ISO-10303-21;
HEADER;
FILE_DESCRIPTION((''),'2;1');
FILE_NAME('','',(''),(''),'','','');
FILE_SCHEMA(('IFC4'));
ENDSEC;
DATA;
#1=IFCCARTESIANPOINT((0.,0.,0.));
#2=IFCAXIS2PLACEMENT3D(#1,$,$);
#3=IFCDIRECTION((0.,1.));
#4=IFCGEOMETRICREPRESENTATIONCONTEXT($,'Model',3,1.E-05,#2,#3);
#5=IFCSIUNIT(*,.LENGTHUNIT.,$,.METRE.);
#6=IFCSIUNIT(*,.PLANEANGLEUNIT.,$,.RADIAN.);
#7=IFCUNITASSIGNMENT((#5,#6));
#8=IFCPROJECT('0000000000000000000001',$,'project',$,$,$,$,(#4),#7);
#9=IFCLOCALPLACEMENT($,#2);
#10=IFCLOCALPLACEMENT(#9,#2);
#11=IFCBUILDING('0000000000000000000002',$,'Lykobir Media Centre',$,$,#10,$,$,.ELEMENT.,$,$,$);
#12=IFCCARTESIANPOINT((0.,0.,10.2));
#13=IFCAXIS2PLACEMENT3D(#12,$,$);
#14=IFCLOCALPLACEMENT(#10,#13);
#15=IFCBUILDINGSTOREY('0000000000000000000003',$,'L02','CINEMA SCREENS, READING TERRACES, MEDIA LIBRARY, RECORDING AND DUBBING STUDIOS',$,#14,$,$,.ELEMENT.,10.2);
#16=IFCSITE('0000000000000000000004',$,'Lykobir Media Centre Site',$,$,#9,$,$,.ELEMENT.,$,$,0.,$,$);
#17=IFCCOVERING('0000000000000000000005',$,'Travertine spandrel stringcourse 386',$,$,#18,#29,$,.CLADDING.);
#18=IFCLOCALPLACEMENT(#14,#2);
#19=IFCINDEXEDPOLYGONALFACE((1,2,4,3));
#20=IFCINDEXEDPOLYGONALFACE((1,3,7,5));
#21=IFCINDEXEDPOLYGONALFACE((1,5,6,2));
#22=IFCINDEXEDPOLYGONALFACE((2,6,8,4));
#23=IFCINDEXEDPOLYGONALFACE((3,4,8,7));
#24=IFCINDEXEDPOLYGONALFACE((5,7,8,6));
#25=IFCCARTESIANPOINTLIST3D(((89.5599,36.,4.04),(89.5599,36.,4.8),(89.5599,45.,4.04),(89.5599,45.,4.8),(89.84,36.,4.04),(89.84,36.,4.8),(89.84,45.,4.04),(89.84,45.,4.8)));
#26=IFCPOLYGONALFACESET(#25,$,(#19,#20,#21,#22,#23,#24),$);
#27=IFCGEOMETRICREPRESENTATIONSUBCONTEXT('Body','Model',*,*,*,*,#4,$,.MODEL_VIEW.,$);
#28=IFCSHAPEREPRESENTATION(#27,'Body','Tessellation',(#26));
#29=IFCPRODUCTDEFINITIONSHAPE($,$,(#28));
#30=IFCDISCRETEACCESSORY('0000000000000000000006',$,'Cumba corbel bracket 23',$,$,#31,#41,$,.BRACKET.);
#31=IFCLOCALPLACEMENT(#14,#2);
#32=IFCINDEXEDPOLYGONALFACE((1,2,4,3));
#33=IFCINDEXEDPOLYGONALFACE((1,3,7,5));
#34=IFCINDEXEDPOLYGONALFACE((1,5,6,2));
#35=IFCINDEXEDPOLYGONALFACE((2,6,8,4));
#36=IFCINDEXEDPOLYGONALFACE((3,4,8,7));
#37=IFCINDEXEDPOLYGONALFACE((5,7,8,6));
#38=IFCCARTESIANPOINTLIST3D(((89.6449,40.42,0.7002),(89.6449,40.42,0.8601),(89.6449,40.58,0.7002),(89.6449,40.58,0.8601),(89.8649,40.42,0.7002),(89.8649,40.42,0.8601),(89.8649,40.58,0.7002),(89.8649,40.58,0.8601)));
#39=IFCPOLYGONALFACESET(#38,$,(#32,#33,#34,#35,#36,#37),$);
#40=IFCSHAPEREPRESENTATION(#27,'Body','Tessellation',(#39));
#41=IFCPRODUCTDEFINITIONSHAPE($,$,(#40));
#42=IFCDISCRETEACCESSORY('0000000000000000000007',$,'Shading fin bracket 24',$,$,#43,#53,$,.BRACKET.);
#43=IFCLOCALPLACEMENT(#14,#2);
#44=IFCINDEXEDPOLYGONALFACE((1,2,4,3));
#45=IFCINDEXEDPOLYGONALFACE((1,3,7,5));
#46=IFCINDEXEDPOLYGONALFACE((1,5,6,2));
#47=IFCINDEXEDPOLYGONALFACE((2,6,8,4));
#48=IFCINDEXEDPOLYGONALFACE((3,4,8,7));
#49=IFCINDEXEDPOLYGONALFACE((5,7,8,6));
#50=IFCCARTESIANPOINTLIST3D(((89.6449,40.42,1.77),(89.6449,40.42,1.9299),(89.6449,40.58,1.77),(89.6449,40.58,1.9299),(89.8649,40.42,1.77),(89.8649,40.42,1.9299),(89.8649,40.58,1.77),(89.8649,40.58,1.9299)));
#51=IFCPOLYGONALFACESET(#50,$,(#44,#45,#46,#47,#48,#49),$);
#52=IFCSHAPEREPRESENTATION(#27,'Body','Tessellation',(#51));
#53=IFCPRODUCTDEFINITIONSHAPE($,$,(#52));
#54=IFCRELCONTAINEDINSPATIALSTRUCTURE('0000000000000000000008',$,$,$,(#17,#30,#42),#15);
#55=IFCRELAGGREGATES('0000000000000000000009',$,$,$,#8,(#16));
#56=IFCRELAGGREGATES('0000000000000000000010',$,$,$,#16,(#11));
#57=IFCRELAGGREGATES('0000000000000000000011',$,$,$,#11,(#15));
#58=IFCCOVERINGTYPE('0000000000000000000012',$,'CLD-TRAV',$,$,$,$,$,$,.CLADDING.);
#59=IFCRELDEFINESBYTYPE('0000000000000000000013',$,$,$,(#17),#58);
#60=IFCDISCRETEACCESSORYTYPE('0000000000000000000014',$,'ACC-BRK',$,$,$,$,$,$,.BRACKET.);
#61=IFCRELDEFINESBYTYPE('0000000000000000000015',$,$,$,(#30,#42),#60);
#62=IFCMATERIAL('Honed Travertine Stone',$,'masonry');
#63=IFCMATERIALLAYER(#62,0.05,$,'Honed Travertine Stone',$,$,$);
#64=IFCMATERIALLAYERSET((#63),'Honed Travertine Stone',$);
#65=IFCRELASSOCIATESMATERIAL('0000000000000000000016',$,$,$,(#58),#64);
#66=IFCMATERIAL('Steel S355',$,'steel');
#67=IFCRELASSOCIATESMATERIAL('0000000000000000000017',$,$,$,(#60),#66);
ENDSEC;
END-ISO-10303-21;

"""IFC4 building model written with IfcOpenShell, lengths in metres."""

from ifc_helpers import new_model, si_unit, direction, frame, origin, origin_2d, place, context, subcontext, project, spatial, rectangle, extrude, material, layer, layer_set, type_object, element, save


model = new_model("IFC4")

# Units and contexts
model_context = context("Model", 3, precision=1e-05, world=origin(), true_north=direction((0.0, 1.0)))
body_context = subcontext(model_context, "Body", "Model", "MODEL_VIEW")
ifc_project = project(units=[si_unit("LENGTHUNIT", "METRE"), si_unit("PLANEANGLEUNIT", "RADIAN")], contexts=[model_context])

# Site, building, storey
site_placement = place(None, origin())
site = spatial("IfcSite", under=ifc_project, at=site_placement, Name="Lykobir Media Centre Site", CompositionType="ELEMENT", RefElevation=0.0)
building_placement = place(site_placement, origin())
building = spatial("IfcBuilding", under=site, at=building_placement, Name="Lykobir Media Centre", CompositionType="ELEMENT")
storey_placement = place(building_placement, frame((0.0, 0.0, 10.2)))
storey = spatial("IfcBuildingStorey", under=building, at=storey_placement, Name="L02", Description="CINEMA SCREENS, READING TERRACES, MEDIA LIBRARY, RECORDING AND DUBBING STUDIOS", CompositionType="ELEMENT", Elevation=10.2)

# Shared definitions
ifc_material_1 = material(Name="Steel S355", Category="steel")

# Covering
ifc_material_2 = material(Name="Honed Travertine Stone", Category="masonry")
ifc_layer_1 = layer(ifc_material_2, 0.05, Name="Honed Travertine Stone")
ifc_layer_set_1 = layer_set([ifc_layer_1], Name="Honed Travertine Stone")
covering_type_1 = type_object("IfcCoveringType", Name="CLD-TRAV", PredefinedType="CLADDING", material=ifc_layer_set_1)
covering_1_placement = place(storey_placement, frame((89.7, 40.5, 4.04), z_axis=(0.0, 0.0, 1.0), x_axis=(0.0, -1.0, 0.0)))
element("IfcCovering", 1, at=covering_1_placement, inside=storey, type_object=covering_type_1, Name="Travertine spandrel stringcourse 386", PredefinedType="CLADDING", context=body_context, shape_type="SweptSolid", body=[
    extrude(rectangle(XDim=9.0, YDim=0.28, at=origin_2d()), origin(), (0.0, 0.0, 1.0), 0.76),
])

# Discrete accessories
discrete_accessory_type = type_object("IfcDiscreteAccessoryType", Name="ACC-BRK", PredefinedType="BRACKET", material=ifc_material_1)
for number, where, z_axis, x_axis, name in (
    (2, (89.7549, 40.5, 0.7002), (0.0, 0.0, 1.0), (0.0, -1.0, 0.0), "Cumba corbel bracket 23"),
    (3, (89.7549, 40.5, 1.77), (0.0, 0.0, 1.0), (0.0, -1.0, 0.0), "Shading fin bracket 24"),
):
    element("IfcDiscreteAccessory", number, at=place(storey_placement, frame(where, z_axis=z_axis, x_axis=x_axis)), inside=storey, type_object=discrete_accessory_type, Name=name, PredefinedType="BRACKET", context=body_context, shape_type="SweptSolid", body=[
        extrude(rectangle(XDim=0.1599, YDim=0.22, at=origin_2d()), origin(), (0.0, 0.0, 1.0), 0.1599),
    ])

save(model, "model.ifc")
